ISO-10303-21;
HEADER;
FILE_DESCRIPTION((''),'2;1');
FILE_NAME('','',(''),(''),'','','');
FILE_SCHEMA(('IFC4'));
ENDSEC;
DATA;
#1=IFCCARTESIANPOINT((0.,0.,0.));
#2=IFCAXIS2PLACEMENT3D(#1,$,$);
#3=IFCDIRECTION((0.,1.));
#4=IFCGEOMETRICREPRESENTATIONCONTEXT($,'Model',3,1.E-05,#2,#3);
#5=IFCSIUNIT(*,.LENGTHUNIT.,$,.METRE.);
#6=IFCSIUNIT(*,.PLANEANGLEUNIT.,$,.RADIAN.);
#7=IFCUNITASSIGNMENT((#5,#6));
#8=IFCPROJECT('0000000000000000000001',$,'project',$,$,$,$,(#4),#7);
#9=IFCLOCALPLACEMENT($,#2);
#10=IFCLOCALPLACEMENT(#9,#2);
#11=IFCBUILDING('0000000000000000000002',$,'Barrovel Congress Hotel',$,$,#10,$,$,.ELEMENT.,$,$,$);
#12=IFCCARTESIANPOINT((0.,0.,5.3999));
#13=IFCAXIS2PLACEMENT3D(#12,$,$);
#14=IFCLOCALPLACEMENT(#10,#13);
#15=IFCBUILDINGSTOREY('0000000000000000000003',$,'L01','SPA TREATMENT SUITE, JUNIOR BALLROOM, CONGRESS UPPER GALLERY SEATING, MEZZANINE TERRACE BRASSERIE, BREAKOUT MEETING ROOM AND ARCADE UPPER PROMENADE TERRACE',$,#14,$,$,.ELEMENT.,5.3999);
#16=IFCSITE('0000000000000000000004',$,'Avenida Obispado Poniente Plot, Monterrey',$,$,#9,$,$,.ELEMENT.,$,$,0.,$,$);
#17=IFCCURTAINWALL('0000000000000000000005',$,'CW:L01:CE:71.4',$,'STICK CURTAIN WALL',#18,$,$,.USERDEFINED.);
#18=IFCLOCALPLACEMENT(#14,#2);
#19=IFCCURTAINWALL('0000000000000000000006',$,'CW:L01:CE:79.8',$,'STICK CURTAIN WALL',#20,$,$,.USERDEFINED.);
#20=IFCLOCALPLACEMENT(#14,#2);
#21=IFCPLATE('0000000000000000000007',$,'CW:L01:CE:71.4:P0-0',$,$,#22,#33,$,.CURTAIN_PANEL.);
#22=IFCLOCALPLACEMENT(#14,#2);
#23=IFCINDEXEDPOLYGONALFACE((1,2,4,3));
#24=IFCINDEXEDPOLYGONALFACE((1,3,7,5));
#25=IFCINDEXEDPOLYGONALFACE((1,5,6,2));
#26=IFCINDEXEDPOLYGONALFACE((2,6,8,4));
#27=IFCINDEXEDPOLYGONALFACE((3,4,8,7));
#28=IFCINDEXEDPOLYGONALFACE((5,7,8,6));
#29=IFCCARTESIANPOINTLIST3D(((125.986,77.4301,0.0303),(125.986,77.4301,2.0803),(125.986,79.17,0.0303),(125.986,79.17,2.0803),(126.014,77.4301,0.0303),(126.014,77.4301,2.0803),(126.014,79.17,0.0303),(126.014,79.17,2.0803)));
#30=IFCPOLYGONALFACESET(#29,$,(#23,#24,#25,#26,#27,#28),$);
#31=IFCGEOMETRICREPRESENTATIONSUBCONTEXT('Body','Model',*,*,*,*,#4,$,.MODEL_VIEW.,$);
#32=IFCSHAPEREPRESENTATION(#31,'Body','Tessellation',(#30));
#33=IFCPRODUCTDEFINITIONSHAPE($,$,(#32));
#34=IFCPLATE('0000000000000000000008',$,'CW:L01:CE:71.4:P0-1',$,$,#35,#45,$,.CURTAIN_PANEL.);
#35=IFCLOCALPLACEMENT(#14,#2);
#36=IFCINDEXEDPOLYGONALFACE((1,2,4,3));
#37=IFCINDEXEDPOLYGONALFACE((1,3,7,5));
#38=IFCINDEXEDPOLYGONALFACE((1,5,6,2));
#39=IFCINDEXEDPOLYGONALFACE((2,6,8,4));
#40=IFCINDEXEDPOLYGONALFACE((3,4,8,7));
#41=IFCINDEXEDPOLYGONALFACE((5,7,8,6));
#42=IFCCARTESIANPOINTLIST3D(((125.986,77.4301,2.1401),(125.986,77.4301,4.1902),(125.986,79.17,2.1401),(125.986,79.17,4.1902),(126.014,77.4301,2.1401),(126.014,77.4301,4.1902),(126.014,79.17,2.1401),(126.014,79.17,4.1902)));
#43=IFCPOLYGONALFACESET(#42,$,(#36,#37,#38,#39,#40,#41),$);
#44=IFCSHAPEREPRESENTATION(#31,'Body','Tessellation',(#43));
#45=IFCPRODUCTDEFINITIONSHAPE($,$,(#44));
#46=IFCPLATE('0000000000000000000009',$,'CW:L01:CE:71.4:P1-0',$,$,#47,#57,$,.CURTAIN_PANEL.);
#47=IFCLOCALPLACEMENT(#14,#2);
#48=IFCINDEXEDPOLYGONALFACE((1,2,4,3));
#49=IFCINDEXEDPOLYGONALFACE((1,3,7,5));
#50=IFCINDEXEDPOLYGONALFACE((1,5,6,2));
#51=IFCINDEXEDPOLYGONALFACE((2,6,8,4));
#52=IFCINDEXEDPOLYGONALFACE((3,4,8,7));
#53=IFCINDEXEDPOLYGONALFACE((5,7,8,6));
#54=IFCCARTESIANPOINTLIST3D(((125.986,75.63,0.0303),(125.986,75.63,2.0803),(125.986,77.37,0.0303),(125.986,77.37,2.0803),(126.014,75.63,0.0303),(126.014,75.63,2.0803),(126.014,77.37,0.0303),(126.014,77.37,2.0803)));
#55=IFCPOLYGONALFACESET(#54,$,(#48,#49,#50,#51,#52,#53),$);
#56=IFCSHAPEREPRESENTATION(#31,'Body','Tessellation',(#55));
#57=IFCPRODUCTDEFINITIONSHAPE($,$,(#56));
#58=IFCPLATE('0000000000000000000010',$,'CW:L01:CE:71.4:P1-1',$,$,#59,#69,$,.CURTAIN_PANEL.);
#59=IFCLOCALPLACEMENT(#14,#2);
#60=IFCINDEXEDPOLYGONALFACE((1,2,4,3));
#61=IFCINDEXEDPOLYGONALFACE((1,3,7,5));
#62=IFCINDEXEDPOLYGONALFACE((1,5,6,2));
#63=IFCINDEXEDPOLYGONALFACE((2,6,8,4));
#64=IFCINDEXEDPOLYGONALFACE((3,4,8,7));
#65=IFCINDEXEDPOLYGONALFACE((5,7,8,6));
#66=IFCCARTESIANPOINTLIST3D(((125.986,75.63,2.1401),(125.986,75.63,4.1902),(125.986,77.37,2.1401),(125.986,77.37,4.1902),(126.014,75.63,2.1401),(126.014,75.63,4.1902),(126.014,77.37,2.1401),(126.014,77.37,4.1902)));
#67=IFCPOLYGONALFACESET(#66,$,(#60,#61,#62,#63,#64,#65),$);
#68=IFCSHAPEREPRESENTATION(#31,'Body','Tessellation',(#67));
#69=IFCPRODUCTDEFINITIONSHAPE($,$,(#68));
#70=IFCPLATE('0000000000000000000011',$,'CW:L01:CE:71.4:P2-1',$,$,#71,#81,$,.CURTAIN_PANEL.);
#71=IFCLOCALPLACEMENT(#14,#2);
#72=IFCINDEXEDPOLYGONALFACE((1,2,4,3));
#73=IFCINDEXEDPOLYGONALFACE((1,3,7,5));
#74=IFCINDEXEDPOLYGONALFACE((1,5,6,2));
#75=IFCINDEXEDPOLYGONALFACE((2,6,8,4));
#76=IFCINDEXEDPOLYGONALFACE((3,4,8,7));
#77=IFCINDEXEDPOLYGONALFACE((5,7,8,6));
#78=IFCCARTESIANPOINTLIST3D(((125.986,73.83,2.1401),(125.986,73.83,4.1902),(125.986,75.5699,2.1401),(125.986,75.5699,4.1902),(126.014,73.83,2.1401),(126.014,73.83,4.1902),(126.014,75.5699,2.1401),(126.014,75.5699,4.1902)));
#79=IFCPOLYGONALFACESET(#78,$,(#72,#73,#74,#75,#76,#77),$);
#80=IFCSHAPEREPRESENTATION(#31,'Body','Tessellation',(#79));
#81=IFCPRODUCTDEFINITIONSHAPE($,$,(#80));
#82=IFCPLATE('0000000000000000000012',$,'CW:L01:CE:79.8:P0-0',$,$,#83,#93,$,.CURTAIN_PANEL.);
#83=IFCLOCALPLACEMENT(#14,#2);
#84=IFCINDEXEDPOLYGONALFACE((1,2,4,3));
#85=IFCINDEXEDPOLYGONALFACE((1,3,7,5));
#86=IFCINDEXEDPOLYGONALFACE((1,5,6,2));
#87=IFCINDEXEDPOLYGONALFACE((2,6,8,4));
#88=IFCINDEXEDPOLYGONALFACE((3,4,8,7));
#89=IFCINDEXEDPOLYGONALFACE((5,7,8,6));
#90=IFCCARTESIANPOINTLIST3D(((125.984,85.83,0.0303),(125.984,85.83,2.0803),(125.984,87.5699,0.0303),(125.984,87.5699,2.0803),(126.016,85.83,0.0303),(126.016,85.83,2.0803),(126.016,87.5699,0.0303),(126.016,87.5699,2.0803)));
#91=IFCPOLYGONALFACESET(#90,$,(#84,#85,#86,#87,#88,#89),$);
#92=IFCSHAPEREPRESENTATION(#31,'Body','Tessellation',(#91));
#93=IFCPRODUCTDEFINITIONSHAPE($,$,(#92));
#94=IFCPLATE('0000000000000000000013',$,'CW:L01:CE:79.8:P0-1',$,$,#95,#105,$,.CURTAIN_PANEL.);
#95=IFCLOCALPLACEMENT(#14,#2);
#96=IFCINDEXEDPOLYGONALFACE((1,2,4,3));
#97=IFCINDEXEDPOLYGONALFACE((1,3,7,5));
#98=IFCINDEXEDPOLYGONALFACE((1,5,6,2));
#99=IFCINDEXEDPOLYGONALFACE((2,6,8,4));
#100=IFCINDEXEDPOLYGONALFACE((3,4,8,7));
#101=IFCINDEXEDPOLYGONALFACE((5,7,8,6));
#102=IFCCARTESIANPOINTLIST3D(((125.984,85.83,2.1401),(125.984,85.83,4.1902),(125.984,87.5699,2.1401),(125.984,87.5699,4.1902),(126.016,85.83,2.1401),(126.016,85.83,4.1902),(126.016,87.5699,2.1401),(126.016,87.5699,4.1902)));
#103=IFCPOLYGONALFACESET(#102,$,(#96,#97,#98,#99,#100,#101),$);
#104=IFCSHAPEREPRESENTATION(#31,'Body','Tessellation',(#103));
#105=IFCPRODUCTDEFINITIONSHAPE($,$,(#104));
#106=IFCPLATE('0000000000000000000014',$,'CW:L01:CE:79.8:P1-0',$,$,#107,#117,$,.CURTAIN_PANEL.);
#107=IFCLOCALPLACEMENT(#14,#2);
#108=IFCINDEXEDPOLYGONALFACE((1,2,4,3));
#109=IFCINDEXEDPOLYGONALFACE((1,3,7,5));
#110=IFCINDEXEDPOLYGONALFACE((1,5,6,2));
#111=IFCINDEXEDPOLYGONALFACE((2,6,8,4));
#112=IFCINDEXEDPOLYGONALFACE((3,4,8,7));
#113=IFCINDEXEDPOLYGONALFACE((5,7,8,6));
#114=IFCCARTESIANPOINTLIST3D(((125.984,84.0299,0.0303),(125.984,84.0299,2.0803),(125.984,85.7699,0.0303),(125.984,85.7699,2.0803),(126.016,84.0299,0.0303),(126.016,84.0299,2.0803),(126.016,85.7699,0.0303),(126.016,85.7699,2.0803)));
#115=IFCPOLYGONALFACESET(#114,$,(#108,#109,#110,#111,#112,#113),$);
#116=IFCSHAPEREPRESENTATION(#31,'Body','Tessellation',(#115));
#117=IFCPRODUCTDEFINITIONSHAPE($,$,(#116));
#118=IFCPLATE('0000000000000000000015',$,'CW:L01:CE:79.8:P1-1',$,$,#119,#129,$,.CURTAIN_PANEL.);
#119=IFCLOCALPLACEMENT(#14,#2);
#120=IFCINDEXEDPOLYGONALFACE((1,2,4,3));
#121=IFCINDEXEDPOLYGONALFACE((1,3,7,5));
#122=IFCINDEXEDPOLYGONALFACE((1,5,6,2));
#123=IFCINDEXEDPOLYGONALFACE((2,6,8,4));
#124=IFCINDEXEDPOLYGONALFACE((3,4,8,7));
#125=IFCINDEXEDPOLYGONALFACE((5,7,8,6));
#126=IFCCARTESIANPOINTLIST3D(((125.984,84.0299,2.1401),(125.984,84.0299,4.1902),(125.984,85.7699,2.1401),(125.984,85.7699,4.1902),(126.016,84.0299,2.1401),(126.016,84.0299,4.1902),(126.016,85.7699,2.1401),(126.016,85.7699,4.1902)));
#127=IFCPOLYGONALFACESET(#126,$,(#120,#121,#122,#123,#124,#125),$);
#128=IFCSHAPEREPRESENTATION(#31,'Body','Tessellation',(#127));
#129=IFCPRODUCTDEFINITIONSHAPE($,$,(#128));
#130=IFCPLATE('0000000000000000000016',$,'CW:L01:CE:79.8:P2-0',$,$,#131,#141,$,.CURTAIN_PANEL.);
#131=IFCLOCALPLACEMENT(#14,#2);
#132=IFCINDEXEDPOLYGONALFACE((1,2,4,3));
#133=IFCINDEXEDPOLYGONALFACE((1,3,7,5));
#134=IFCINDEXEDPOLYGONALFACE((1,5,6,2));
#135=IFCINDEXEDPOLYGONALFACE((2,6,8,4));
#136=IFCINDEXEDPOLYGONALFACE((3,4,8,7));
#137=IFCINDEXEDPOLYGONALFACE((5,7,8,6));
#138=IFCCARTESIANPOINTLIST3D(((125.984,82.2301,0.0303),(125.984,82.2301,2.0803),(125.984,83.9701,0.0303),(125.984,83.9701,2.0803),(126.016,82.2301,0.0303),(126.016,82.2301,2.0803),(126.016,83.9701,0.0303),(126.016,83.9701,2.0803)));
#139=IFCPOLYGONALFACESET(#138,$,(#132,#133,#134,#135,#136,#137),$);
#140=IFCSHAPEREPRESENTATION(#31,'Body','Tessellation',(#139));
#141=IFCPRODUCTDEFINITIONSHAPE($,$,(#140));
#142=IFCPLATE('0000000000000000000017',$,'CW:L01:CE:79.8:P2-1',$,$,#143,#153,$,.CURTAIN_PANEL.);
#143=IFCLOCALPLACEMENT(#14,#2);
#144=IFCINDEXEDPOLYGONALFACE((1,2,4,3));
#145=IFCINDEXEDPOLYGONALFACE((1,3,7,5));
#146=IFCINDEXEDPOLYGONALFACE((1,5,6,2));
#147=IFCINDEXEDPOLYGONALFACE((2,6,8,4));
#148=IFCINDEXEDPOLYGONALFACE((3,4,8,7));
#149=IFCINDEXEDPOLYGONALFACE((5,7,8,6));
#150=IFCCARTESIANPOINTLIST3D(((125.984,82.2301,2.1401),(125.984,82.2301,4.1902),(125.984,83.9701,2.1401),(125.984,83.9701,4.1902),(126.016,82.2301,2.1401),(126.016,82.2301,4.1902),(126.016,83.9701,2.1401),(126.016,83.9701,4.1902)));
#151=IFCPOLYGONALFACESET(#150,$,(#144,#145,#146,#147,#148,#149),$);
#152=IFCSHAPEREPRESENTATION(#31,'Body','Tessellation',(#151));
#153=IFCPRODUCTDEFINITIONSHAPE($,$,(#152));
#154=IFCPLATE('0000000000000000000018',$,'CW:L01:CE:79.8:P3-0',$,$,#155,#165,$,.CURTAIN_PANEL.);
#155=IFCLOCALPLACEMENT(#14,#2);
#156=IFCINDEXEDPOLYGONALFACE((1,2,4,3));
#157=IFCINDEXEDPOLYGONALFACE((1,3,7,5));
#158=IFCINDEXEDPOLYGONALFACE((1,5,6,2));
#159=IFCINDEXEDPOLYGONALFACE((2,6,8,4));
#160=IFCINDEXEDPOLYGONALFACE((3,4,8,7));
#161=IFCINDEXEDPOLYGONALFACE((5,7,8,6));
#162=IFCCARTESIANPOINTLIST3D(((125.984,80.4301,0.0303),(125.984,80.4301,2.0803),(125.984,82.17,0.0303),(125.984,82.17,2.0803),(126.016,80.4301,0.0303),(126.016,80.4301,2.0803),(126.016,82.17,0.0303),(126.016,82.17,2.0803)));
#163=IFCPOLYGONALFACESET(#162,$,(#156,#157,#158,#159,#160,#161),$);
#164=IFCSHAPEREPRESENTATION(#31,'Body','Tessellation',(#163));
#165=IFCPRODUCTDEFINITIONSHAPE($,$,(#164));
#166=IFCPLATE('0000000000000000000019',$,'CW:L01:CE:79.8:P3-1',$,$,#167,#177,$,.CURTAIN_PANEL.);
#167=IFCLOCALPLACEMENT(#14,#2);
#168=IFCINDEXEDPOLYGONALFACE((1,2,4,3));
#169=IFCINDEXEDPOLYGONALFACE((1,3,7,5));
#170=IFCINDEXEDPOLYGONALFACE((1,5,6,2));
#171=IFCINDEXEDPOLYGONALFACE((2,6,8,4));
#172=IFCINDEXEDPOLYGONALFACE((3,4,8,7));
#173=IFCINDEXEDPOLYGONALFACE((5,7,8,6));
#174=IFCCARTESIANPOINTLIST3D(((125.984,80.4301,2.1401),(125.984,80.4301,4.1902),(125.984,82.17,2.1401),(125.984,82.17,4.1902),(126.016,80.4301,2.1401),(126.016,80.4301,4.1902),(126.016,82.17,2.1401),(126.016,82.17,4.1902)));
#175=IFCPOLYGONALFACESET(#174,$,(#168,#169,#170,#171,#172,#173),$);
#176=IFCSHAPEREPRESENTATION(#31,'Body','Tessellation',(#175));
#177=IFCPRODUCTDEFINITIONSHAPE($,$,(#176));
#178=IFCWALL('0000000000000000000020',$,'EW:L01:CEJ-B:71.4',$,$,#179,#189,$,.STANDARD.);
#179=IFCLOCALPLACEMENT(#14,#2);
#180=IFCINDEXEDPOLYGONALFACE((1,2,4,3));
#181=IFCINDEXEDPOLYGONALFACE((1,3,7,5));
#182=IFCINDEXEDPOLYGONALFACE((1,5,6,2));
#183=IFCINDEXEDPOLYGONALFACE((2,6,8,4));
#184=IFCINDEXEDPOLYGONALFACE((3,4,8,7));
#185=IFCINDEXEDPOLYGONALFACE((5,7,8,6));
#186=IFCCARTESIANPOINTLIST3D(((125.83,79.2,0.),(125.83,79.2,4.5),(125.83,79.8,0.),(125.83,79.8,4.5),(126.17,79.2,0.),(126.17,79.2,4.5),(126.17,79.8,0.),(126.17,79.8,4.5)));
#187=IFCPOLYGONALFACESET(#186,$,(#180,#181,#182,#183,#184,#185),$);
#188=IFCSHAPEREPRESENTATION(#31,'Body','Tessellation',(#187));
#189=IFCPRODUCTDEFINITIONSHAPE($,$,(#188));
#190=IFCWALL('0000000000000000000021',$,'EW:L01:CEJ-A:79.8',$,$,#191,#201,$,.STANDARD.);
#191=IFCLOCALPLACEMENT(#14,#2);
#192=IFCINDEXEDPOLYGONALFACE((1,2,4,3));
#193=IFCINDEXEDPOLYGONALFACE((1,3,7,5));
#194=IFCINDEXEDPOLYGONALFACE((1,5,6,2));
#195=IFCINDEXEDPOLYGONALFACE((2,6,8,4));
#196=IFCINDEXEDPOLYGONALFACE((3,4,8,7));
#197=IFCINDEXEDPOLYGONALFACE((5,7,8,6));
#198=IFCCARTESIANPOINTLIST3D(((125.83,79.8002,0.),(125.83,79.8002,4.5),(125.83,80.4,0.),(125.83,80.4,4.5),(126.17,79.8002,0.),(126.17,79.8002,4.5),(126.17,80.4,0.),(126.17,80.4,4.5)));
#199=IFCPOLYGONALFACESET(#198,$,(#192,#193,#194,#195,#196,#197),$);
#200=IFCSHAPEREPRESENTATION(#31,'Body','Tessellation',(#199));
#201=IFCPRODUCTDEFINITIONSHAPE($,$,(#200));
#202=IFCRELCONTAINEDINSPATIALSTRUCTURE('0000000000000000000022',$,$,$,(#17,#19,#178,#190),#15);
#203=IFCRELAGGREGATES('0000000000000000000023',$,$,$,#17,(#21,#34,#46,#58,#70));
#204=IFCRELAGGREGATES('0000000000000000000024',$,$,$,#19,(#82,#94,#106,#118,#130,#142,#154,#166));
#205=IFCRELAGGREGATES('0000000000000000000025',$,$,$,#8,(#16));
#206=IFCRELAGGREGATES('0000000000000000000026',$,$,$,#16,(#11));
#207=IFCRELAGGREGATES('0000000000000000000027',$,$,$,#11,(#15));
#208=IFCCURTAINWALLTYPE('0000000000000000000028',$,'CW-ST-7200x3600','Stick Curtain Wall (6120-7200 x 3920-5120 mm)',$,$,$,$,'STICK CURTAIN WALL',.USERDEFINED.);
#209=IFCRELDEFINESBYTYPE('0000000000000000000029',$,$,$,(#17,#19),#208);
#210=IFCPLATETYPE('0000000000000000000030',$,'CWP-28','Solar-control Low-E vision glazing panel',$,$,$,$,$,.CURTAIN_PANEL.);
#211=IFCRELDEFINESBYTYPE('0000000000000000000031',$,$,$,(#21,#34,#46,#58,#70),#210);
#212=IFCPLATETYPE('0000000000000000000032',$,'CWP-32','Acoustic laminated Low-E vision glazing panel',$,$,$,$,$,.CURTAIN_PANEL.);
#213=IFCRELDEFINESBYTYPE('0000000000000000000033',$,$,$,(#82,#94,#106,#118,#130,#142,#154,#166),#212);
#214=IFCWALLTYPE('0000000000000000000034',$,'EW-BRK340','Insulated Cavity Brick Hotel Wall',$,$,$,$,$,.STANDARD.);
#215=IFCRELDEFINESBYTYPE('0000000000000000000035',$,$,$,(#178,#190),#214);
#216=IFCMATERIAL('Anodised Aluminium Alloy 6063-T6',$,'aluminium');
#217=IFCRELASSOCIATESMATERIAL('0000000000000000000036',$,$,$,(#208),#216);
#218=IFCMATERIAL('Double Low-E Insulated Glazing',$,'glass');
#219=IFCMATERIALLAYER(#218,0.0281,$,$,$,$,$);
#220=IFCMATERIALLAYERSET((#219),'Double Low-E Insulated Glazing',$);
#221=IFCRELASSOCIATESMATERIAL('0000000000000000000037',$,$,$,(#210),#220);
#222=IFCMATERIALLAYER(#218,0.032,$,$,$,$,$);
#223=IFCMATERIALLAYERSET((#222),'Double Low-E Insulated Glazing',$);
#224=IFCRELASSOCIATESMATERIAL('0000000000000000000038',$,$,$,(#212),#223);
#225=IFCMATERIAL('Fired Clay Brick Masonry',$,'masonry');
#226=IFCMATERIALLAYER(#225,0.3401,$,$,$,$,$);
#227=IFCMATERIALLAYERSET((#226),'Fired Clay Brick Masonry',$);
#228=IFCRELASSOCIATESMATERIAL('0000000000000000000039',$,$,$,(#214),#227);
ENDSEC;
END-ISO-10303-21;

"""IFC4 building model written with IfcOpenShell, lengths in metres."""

from ifc_helpers import new_model, si_unit, direction, frame, frame_2d, origin, origin_2d, place, context, subcontext, project, spatial, rectangle, extrude, material, layer, layer_set, type_object, element, aggregate, save


model = new_model("IFC4")

# Units and contexts
model_context = context("Model", 3, precision=1e-05, world=origin(), true_north=direction((0.0, 1.0)))
body_context = subcontext(model_context, "Body", "Model", "MODEL_VIEW")
ifc_project = project(units=[si_unit("LENGTHUNIT", "METRE"), si_unit("PLANEANGLEUNIT", "RADIAN")], contexts=[model_context])

# Site, building, storey
site_placement = place(None, origin())
site = spatial("IfcSite", under=ifc_project, at=site_placement, Name="Avenida Obispado Poniente Plot, Monterrey", CompositionType="ELEMENT", RefElevation=0.0)
building_placement = place(site_placement, origin())
building = spatial("IfcBuilding", under=site, at=building_placement, Name="Barrovel Congress Hotel", CompositionType="ELEMENT")
storey_placement = place(building_placement, frame((0.0, 0.0, 5.3999)))
storey = spatial("IfcBuildingStorey", under=building, at=storey_placement, Name="L01", Description="SPA TREATMENT SUITE, JUNIOR BALLROOM, CONGRESS UPPER GALLERY SEATING, MEZZANINE TERRACE BRASSERIE, BREAKOUT MEETING ROOM AND ARCADE UPPER PROMENADE TERRACE", CompositionType="ELEMENT", Elevation=5.3999)

# Curtain walls
ifc_material_1 = material(Name="Anodised Aluminium Alloy 6063-T6", Category="aluminium")
curtain_wall_type = type_object("IfcCurtainWallType", Name="CW-ST-7200x3600", Description="Stick Curtain Wall (6120-7200 x 3920-5120 mm)", ElementType="STICK CURTAIN WALL", PredefinedType="USERDEFINED", material=ifc_material_1)
curtain_wall_1_placement = place(storey_placement, origin())
curtain_wall_1 = element("IfcCurtainWall", 1, at=curtain_wall_1_placement, inside=storey, type_object=curtain_wall_type, Name="CW:L01:CE:71.4", ObjectType="STICK CURTAIN WALL", PredefinedType="USERDEFINED")
curtain_wall_2_placement = place(storey_placement, origin())
curtain_wall_2 = element("IfcCurtainWall", 2, at=curtain_wall_2_placement, inside=storey, type_object=curtain_wall_type, Name="CW:L01:CE:79.8", ObjectType="STICK CURTAIN WALL", PredefinedType="USERDEFINED")

# Plates
ifc_material_2 = material(Name="Double Low-E Insulated Glazing", Category="glass")
ifc_layer_1 = layer(ifc_material_2, 0.0281)
ifc_layer_set_1 = layer_set([ifc_layer_1], Name="Double Low-E Insulated Glazing")
plate_type_1 = type_object("IfcPlateType", Name="CWP-28", Description="Solar-control Low-E vision glazing panel", PredefinedType="CURTAIN_PANEL", material=ifc_layer_set_1)
plate_1_placement = place(storey_placement, frame((126.0, 78.3, 0.0303), z_axis=(0.0, 0.0, 1.0), x_axis=(0.0, -1.0, 0.0)))
plate_1 = element("IfcPlate", 3, at=plate_1_placement, type_object=plate_type_1, Name="CW:L01:CE:71.4:P0-0", PredefinedType="CURTAIN_PANEL", context=body_context, shape_type="SweptSolid", body=[
    extrude(rectangle(XDim=1.74, YDim=0.0281, at=origin_2d()), origin(), (0.0, 0.0, 1.0), 2.05),
])
plate_2_placement = place(storey_placement, frame((126.0, 78.3, 2.1401), z_axis=(0.0, 0.0, 1.0), x_axis=(0.0, -1.0, 0.0)))
plate_2 = element("IfcPlate", 4, at=plate_2_placement, type_object=plate_type_1, Name="CW:L01:CE:71.4:P0-1", PredefinedType="CURTAIN_PANEL", context=body_context, shape_type="SweptSolid", body=[
    extrude(rectangle(XDim=1.74, YDim=0.0281, at=origin_2d()), origin(), (0.0, 0.0, 1.0), 2.05),
])
plate_3_placement = place(storey_placement, frame((126.0, 76.5, 0.0303), z_axis=(0.0, 0.0, 1.0), x_axis=(0.0, -1.0, 0.0)))
plate_3 = element("IfcPlate", 5, at=plate_3_placement, type_object=plate_type_1, Name="CW:L01:CE:71.4:P1-0", PredefinedType="CURTAIN_PANEL", context=body_context, shape_type="SweptSolid", body=[
    extrude(rectangle(XDim=1.74, YDim=0.0281, at=origin_2d()), origin(), (0.0, 0.0, 1.0), 2.05),
])
plate_4_placement = place(storey_placement, frame((126.0, 76.5, 2.1401), z_axis=(0.0, 0.0, 1.0), x_axis=(0.0, -1.0, 0.0)))
plate_4 = element("IfcPlate", 6, at=plate_4_placement, type_object=plate_type_1, Name="CW:L01:CE:71.4:P1-1", PredefinedType="CURTAIN_PANEL", context=body_context, shape_type="SweptSolid", body=[
    extrude(rectangle(XDim=1.74, YDim=0.0281, at=origin_2d()), origin(), (0.0, 0.0, 1.0), 2.05),
])
plate_5_placement = place(storey_placement, frame((126.0, 74.7, 2.1401), z_axis=(0.0, 0.0, 1.0), x_axis=(0.0, -1.0, 0.0)))
plate_5 = element("IfcPlate", 7, at=plate_5_placement, type_object=plate_type_1, Name="CW:L01:CE:71.4:P2-1", PredefinedType="CURTAIN_PANEL", context=body_context, shape_type="SweptSolid", body=[
    extrude(rectangle(XDim=1.74, YDim=0.0281, at=origin_2d()), origin(), (0.0, 0.0, 1.0), 2.05),
])
aggregate(curtain_wall_1, [plate_1, plate_2, plate_3, plate_4, plate_5])
ifc_layer_2 = layer(ifc_material_2, 0.032)
ifc_layer_set_2 = layer_set([ifc_layer_2], Name="Double Low-E Insulated Glazing")
plate_type_2 = type_object("IfcPlateType", Name="CWP-32", Description="Acoustic laminated Low-E vision glazing panel", PredefinedType="CURTAIN_PANEL", material=ifc_layer_set_2)
plate_6_placement = place(storey_placement, frame((126.0, 86.7, 0.0303), z_axis=(0.0, 0.0, 1.0), x_axis=(0.0, -1.0, 0.0)))
plate_6 = element("IfcPlate", 8, at=plate_6_placement, type_object=plate_type_2, Name="CW:L01:CE:79.8:P0-0", PredefinedType="CURTAIN_PANEL", context=body_context, shape_type="SweptSolid", body=[
    extrude(rectangle(XDim=1.74, YDim=0.032, at=origin_2d()), origin(), (0.0, 0.0, 1.0), 2.05),
])
plate_7_placement = place(storey_placement, frame((126.0, 86.7, 2.1401), z_axis=(0.0, 0.0, 1.0), x_axis=(0.0, -1.0, 0.0)))
plate_7 = element("IfcPlate", 9, at=plate_7_placement, type_object=plate_type_2, Name="CW:L01:CE:79.8:P0-1", PredefinedType="CURTAIN_PANEL", context=body_context, shape_type="SweptSolid", body=[
    extrude(rectangle(XDim=1.74, YDim=0.032, at=origin_2d()), origin(), (0.0, 0.0, 1.0), 2.05),
])
plate_8_placement = place(storey_placement, frame((126.0, 84.8999, 0.0303), z_axis=(0.0, 0.0, 1.0), x_axis=(0.0, -1.0, 0.0)))
plate_8 = element("IfcPlate", 10, at=plate_8_placement, type_object=plate_type_2, Name="CW:L01:CE:79.8:P1-0", PredefinedType="CURTAIN_PANEL", context=body_context, shape_type="SweptSolid", body=[
    extrude(rectangle(XDim=1.74, YDim=0.032, at=origin_2d()), origin(), (0.0, 0.0, 1.0), 2.05),
])
plate_9_placement = place(storey_placement, frame((126.0, 84.8999, 2.1401), z_axis=(0.0, 0.0, 1.0), x_axis=(0.0, -1.0, 0.0)))
plate_9 = element("IfcPlate", 11, at=plate_9_placement, type_object=plate_type_2, Name="CW:L01:CE:79.8:P1-1", PredefinedType="CURTAIN_PANEL", context=body_context, shape_type="SweptSolid", body=[
    extrude(rectangle(XDim=1.74, YDim=0.032, at=origin_2d()), origin(), (0.0, 0.0, 1.0), 2.05),
])
plate_10_placement = place(storey_placement, frame((126.0, 83.1001, 0.0303), z_axis=(0.0, 0.0, 1.0), x_axis=(0.0, -1.0, 0.0)))
plate_10 = element("IfcPlate", 12, at=plate_10_placement, type_object=plate_type_2, Name="CW:L01:CE:79.8:P2-0", PredefinedType="CURTAIN_PANEL", context=body_context, shape_type="SweptSolid", body=[
    extrude(rectangle(XDim=1.74, YDim=0.032, at=origin_2d()), origin(), (0.0, 0.0, 1.0), 2.05),
])
plate_11_placement = place(storey_placement, frame((126.0, 83.1001, 2.1401), z_axis=(0.0, 0.0, 1.0), x_axis=(0.0, -1.0, 0.0)))
plate_11 = element("IfcPlate", 13, at=plate_11_placement, type_object=plate_type_2, Name="CW:L01:CE:79.8:P2-1", PredefinedType="CURTAIN_PANEL", context=body_context, shape_type="SweptSolid", body=[
    extrude(rectangle(XDim=1.74, YDim=0.032, at=origin_2d()), origin(), (0.0, 0.0, 1.0), 2.05),
])
plate_12_placement = place(storey_placement, frame((126.0, 81.3, 0.0303), z_axis=(0.0, 0.0, 1.0), x_axis=(0.0, -1.0, 0.0)))
plate_12 = element("IfcPlate", 14, at=plate_12_placement, type_object=plate_type_2, Name="CW:L01:CE:79.8:P3-0", PredefinedType="CURTAIN_PANEL", context=body_context, shape_type="SweptSolid", body=[
    extrude(rectangle(XDim=1.74, YDim=0.032, at=origin_2d()), origin(), (0.0, 0.0, 1.0), 2.05),
])
plate_13_placement = place(storey_placement, frame((126.0, 81.3, 2.1401), z_axis=(0.0, 0.0, 1.0), x_axis=(0.0, -1.0, 0.0)))
plate_13 = element("IfcPlate", 15, at=plate_13_placement, type_object=plate_type_2, Name="CW:L01:CE:79.8:P3-1", PredefinedType="CURTAIN_PANEL", context=body_context, shape_type="SweptSolid", body=[
    extrude(rectangle(XDim=1.74, YDim=0.032, at=origin_2d()), origin(), (0.0, 0.0, 1.0), 2.05),
])
aggregate(curtain_wall_2, [plate_6, plate_7, plate_8, plate_9, plate_10, plate_11, plate_12, plate_13])

# Walls
ifc_material_3 = material(Name="Fired Clay Brick Masonry", Category="masonry")
ifc_layer_3 = layer(ifc_material_3, 0.3401)
ifc_layer_set_3 = layer_set([ifc_layer_3], Name="Fired Clay Brick Masonry")
wall_type = type_object("IfcWallType", Name="EW-BRK340", Description="Insulated Cavity Brick Hotel Wall", PredefinedType="STANDARD", material=ifc_layer_set_3)
wall_1_placement = place(storey_placement, frame((126.0, 79.8, 0.0), z_axis=(0.0, 0.0, 1.0), x_axis=(0.0, -1.0, 0.0)))
element("IfcWall", 16, at=wall_1_placement, inside=storey, type_object=wall_type, Name="EW:L01:CEJ-B:71.4", PredefinedType="STANDARD", context=body_context, shape_type="SweptSolid", body=[
    extrude(rectangle(XDim=0.6001, YDim=0.3401, at=frame_2d((0.3, 0.0))), origin(), (0.0, 0.0, 1.0), 4.5),
])
wall_2_placement = place(storey_placement, frame((126.0, 80.3999, 0.0), z_axis=(0.0, 0.0, 1.0), x_axis=(0.0, -1.0, 0.0)))
element("IfcWall", 17, at=wall_2_placement, inside=storey, type_object=wall_type, Name="EW:L01:CEJ-A:79.8", PredefinedType="STANDARD", context=body_context, shape_type="SweptSolid", body=[
    extrude(rectangle(XDim=0.5999, YDim=0.3401, at=frame_2d((0.2998, 0.0))), origin(), (0.0, 0.0, 1.0), 4.5),
])

save(model, "model.ifc")
